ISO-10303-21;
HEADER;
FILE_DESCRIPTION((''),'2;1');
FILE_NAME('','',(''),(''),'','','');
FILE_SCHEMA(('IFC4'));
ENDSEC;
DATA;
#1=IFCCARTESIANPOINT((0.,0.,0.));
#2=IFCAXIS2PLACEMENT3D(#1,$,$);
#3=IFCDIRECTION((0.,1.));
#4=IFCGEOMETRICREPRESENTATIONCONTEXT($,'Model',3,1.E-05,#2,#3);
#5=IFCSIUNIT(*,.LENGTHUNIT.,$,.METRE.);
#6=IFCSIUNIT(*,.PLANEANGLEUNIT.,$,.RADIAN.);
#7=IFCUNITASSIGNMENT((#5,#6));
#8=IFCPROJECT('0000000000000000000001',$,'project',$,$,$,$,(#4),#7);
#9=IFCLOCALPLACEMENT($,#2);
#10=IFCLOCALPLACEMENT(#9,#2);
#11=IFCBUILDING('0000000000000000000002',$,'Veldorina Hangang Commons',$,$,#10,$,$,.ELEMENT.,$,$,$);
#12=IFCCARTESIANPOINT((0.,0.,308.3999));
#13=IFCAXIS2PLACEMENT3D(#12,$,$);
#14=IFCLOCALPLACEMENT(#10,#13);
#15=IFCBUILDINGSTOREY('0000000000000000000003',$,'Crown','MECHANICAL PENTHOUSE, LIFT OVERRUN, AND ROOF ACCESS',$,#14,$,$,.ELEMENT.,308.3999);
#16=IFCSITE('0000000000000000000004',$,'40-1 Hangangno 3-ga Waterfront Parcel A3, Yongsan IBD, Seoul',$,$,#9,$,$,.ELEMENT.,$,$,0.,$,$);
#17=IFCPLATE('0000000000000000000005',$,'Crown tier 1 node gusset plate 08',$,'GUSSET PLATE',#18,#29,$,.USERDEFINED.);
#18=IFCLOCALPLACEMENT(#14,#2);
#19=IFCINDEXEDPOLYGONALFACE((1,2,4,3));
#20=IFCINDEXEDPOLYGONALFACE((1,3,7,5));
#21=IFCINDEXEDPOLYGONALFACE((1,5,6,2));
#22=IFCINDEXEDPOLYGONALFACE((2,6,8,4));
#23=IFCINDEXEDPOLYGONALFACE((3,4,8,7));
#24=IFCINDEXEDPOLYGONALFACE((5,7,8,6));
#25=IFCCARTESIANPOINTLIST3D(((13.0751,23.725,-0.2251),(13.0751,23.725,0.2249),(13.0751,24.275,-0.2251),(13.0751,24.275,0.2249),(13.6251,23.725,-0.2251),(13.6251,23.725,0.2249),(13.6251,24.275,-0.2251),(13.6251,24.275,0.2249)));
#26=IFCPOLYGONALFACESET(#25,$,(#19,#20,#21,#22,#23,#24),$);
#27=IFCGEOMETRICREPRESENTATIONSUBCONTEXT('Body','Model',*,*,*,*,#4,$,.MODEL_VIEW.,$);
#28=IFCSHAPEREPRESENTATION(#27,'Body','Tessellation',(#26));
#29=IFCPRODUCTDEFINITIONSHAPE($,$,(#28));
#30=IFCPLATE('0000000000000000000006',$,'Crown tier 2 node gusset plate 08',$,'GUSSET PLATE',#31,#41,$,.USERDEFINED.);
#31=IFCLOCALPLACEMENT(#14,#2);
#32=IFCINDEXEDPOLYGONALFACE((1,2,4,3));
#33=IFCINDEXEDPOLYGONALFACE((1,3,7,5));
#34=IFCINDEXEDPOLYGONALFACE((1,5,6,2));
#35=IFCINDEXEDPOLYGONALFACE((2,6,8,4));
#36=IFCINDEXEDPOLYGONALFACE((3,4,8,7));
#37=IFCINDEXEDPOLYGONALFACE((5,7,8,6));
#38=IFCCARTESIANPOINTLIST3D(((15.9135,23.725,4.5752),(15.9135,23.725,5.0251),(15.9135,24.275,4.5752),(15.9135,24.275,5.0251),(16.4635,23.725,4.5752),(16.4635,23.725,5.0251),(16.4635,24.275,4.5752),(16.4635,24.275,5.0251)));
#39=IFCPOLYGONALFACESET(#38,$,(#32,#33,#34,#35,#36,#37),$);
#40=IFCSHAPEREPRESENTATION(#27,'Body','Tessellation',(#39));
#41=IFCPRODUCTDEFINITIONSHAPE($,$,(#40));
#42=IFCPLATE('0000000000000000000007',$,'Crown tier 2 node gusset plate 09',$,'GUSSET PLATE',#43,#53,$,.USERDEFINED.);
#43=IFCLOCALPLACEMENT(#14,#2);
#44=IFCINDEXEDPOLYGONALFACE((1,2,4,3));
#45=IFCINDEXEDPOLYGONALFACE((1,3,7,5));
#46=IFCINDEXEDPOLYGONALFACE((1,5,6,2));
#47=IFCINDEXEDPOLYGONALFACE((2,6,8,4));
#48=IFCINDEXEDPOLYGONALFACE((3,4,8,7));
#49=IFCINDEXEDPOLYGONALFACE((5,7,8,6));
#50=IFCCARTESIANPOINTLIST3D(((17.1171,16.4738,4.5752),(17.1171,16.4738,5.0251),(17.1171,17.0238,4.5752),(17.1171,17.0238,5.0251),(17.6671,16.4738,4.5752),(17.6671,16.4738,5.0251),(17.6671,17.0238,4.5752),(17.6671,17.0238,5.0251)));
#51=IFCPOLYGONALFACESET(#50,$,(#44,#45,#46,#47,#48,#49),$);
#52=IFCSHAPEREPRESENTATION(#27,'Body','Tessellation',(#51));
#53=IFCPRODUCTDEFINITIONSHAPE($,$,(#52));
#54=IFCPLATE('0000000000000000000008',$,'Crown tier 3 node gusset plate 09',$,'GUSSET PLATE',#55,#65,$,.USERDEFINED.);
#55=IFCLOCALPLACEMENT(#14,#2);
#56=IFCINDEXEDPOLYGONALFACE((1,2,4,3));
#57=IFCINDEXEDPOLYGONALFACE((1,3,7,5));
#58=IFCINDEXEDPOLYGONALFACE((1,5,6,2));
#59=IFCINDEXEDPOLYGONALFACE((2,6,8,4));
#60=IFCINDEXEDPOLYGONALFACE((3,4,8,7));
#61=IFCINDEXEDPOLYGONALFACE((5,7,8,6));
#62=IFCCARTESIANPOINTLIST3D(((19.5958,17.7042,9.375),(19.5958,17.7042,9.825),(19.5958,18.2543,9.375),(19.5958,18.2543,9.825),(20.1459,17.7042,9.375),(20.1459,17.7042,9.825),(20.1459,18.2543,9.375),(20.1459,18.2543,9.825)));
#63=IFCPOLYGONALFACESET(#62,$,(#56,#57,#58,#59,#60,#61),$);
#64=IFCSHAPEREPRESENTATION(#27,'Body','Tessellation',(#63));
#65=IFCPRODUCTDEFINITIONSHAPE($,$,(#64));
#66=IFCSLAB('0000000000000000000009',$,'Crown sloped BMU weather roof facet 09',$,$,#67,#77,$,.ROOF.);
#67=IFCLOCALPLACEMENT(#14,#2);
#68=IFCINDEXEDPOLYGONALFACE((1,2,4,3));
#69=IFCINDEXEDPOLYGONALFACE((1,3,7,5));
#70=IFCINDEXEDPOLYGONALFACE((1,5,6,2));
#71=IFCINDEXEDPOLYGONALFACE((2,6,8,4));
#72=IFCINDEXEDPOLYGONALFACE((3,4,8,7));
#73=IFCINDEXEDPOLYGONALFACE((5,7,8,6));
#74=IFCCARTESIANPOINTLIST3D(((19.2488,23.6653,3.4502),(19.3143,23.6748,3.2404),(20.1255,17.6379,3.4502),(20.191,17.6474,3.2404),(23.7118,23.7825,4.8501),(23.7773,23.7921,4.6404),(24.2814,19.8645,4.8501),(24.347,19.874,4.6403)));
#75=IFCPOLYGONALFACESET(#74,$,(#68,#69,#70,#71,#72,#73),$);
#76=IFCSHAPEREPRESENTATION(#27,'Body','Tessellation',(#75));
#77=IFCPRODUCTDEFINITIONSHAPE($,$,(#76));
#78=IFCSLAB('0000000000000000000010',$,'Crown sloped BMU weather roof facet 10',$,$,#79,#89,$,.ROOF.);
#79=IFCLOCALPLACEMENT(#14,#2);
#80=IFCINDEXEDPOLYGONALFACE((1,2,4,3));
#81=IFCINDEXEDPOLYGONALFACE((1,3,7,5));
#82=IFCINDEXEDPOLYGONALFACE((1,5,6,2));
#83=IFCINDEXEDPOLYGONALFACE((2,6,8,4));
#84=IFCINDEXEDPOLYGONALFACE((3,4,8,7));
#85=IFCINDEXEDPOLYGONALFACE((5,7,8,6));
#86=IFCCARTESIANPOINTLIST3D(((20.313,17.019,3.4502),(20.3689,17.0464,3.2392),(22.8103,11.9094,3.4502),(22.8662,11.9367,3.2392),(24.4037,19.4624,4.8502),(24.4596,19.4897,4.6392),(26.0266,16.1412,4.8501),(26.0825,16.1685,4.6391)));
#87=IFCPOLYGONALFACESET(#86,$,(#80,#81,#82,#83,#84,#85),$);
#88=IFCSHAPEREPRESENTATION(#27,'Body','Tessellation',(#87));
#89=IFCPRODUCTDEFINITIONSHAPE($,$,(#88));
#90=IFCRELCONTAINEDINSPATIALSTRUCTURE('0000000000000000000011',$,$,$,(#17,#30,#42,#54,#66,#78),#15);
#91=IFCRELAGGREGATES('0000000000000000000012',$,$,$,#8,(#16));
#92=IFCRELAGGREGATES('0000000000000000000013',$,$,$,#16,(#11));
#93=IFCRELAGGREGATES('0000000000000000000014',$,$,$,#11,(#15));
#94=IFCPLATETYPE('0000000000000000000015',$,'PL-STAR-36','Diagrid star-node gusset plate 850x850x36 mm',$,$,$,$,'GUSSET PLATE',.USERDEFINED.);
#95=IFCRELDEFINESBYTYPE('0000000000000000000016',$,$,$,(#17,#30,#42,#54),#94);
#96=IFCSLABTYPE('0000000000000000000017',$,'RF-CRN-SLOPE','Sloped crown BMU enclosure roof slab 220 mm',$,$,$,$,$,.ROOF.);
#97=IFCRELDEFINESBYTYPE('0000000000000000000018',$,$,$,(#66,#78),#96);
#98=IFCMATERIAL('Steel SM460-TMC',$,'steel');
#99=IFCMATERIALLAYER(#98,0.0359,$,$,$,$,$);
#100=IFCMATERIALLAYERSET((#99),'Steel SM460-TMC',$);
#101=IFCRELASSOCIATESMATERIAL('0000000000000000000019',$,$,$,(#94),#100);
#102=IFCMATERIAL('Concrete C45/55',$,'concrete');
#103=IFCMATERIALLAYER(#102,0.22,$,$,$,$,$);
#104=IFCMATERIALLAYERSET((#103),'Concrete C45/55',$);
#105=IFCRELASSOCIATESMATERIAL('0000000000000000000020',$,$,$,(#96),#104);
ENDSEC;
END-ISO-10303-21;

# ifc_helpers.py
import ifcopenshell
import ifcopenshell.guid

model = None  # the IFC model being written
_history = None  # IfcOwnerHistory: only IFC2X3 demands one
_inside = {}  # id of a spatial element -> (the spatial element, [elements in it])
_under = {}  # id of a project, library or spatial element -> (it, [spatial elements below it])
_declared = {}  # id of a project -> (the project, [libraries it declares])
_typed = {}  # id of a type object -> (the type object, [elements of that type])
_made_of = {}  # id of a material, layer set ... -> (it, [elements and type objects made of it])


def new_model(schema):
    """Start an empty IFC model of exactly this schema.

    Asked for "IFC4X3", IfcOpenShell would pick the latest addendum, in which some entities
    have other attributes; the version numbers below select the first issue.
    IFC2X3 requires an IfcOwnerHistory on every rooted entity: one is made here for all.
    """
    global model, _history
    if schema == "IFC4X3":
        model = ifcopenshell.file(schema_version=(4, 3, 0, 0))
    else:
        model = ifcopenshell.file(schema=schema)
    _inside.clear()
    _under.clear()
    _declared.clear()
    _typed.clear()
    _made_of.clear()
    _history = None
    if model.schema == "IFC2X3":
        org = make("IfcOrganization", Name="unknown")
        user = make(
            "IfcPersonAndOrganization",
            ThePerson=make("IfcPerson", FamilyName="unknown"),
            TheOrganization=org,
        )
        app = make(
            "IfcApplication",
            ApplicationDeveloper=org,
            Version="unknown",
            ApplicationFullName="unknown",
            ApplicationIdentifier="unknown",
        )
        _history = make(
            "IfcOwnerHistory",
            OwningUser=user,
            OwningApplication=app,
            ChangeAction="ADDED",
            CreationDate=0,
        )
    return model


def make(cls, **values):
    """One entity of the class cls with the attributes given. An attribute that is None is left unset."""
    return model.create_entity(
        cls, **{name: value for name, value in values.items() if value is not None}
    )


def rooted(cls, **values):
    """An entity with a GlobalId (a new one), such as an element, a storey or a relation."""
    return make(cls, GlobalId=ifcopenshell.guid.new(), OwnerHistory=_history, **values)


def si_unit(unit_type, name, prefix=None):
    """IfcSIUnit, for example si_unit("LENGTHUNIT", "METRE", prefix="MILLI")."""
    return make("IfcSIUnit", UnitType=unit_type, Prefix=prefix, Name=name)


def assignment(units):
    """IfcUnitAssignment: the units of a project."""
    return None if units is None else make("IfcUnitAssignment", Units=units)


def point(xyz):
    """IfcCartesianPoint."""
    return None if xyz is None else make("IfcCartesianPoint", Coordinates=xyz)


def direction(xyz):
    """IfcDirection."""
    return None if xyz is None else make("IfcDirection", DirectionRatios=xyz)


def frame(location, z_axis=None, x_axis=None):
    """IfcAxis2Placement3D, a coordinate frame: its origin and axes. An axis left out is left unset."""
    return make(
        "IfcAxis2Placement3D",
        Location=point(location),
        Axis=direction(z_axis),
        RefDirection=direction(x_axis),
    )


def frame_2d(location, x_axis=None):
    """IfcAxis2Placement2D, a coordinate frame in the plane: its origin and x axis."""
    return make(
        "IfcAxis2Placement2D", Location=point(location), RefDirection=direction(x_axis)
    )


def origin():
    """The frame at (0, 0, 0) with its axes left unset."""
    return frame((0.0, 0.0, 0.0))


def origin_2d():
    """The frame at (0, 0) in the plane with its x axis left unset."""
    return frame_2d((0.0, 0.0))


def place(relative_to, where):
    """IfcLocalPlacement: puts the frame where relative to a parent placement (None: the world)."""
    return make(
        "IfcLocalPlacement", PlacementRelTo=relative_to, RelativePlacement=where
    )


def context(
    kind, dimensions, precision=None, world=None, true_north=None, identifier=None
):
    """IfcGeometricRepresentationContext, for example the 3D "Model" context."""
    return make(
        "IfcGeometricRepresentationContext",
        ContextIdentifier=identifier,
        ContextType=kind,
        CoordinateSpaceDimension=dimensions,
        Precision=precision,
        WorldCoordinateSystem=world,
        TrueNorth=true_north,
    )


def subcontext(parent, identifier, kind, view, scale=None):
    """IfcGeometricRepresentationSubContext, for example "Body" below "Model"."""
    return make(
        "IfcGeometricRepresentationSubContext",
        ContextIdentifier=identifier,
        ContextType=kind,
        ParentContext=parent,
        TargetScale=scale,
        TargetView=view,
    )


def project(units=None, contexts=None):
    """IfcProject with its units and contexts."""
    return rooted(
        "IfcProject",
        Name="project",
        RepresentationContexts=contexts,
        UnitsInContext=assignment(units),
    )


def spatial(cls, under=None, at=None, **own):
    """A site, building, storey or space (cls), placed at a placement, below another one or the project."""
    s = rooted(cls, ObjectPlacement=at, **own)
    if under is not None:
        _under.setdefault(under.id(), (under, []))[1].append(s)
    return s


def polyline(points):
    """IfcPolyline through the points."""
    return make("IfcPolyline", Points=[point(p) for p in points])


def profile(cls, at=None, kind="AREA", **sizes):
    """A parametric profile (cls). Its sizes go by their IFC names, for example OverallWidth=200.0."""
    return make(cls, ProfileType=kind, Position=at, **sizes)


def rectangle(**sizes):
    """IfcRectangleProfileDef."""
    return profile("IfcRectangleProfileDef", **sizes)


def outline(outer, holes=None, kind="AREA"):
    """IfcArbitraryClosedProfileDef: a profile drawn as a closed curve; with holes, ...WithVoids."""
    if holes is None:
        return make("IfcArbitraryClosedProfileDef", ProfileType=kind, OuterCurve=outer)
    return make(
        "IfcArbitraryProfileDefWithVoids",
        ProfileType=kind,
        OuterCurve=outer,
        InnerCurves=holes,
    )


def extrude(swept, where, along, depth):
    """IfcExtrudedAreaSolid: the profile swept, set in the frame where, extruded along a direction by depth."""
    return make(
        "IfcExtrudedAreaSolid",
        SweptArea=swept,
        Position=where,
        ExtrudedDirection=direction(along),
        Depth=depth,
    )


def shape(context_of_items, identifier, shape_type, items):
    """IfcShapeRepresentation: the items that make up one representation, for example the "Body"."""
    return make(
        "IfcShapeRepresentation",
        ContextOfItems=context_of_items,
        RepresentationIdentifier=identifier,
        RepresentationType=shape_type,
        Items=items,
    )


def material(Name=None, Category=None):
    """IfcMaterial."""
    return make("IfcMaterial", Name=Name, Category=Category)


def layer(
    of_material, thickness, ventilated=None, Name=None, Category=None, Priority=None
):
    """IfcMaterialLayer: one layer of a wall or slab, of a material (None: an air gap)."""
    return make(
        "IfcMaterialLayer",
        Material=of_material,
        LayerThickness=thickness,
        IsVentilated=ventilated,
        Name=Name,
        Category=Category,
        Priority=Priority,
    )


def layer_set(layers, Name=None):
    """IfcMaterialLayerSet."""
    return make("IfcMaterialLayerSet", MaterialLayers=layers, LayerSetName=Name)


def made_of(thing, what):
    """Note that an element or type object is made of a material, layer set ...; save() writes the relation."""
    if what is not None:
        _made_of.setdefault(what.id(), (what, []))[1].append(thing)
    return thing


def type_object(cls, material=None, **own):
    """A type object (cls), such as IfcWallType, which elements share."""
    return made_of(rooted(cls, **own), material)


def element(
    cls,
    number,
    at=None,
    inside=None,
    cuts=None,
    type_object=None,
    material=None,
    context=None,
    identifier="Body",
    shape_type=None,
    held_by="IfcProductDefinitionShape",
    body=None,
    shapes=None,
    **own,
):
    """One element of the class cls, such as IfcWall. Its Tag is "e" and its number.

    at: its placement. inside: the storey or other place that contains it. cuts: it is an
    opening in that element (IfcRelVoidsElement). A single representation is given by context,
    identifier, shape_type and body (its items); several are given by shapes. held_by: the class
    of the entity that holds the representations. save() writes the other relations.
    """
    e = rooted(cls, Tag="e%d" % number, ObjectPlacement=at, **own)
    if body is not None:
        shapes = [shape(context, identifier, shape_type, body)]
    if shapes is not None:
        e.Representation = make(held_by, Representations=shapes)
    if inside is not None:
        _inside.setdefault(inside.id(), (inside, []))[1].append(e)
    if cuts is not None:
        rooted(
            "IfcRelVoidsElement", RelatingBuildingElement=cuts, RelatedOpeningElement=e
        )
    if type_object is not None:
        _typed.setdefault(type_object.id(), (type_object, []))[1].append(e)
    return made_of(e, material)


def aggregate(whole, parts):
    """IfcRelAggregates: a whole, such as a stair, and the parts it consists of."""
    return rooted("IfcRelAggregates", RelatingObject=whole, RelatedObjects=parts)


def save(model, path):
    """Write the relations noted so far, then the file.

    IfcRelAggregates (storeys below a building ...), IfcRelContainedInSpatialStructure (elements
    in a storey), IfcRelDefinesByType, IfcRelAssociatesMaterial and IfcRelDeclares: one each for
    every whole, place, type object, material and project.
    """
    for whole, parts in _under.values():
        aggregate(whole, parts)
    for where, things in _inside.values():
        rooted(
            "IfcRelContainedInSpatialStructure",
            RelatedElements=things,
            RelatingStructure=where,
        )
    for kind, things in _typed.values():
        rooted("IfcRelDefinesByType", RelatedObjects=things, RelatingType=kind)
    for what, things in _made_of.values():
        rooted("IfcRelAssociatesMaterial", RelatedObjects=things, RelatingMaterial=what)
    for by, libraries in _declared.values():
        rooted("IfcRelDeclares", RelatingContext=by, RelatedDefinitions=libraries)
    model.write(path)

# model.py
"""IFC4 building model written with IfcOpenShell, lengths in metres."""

from ifc_helpers import new_model, si_unit, direction, frame, origin, origin_2d, place, context, subcontext, project, spatial, polyline, rectangle, outline, extrude, material, layer, layer_set, type_object, element, save


model = new_model("IFC4")

# Units and contexts
model_context = context("Model", 3, precision=1e-05, world=origin(), true_north=direction((0.0, 1.0)))
body_context = subcontext(model_context, "Body", "Model", "MODEL_VIEW")
ifc_project = project(units=[si_unit("LENGTHUNIT", "METRE"), si_unit("PLANEANGLEUNIT", "RADIAN")], contexts=[model_context])

# Site, building, storey
site_placement = place(None, origin())
site = spatial("IfcSite", under=ifc_project, at=site_placement, Name="40-1 Hangangno 3-ga Waterfront Parcel A3, Yongsan IBD, Seoul", CompositionType="ELEMENT", RefElevation=0.0)
building_placement = place(site_placement, origin())
building = spatial("IfcBuilding", under=site, at=building_placement, Name="Veldorina Hangang Commons", CompositionType="ELEMENT")
storey_placement = place(building_placement, frame((0.0, 0.0, 308.3999)))
storey = spatial("IfcBuildingStorey", under=building, at=storey_placement, Name="Crown", Description="MECHANICAL PENTHOUSE, LIFT OVERRUN, AND ROOF ACCESS", CompositionType="ELEMENT", Elevation=308.3999)

# Shared definitions
ifc_material_1 = material(Name="Steel SM460-TMC", Category="steel")

# Plates
ifc_layer_1 = layer(ifc_material_1, 0.0359)
ifc_layer_set_1 = layer_set([ifc_layer_1], Name="Steel SM460-TMC")
plate_type_1 = type_object("IfcPlateType", Name="PL-STAR-36", Description="Diagrid star-node gusset plate 850x850x36 mm", ElementType="GUSSET PLATE", PredefinedType="USERDEFINED", material=ifc_layer_set_1)
for number, where, z_axis, x_axis, name in (
    (1, (13.3501, 24.0, -0.2251), (0.0, 0.0, 1.0), (1.0, 0.0, 0.0), "Crown tier 1 node gusset plate 08"),
    (2, (16.1885, 24.0, 4.5752), (0.0, 0.0, 1.0), (1.0, 0.0, 0.0), "Crown tier 2 node gusset plate 08"),
    (3, (17.3921, 16.7488, 4.5752), (0.0, 0.0, 1.0), (1.0, 0.0, 0.0), "Crown tier 2 node gusset plate 09"),
    (4, (19.8708, 17.9792, 9.375), (0.0, 0.0, 1.0), (1.0, 0.0, 0.0), "Crown tier 3 node gusset plate 09"),
):
    element("IfcPlate", number, at=place(storey_placement, frame(where, z_axis=z_axis, x_axis=x_axis)), inside=storey, type_object=plate_type_1, Name=name, ObjectType="GUSSET PLATE", PredefinedType="USERDEFINED", context=body_context, shape_type="SweptSolid", body=[
        extrude(rectangle(XDim=0.55, YDim=0.55, at=origin_2d()), origin(), (0.0, 0.0, 1.0), 0.45),
    ])

# Slabs
ifc_material_2 = material(Name="Concrete C45/55", Category="concrete")
ifc_layer_2 = layer(ifc_material_2, 0.22)
ifc_layer_set_2 = layer_set([ifc_layer_2], Name="Concrete C45/55")
slab_type = type_object("IfcSlabType", Name="RF-CRN-SLOPE", Description="Sloped crown BMU enclosure roof slab 220 mm", PredefinedType="ROOF", material=ifc_layer_set_2)
slab_1_placement = place(storey_placement, frame((19.2488, 23.6653, 3.4502), z_axis=(-0.297982, -0.043341, 0.953587), x_axis=(0.14394, -0.989586, 0.000002)))
element("IfcSlab", 5, at=slab_1_placement, inside=storey, type_object=slab_type, Name="Crown sloped BMU weather roof facet 09", PredefinedType="ROOF", context=body_context, shape_type="SweptSolid", body=[
    extrude(outline(polyline([(0.0, 0.0), (6.0908, 0.0), (4.4856, 4.6489), (0.5264, 4.6492), (0.0, 0.0)])), origin(), (0.0, 0.0, -1.0), 0.22),
])
slab_2_placement = place(storey_placement, frame((20.313, 17.019, 3.4502), z_axis=(-0.25409, -0.124179, 0.959176), x_axis=(0.439106, -0.898435, 0.000006)))
element("IfcSlab", 6, at=slab_2_placement, inside=storey, type_object=slab_type, Name="Crown sloped BMU weather roof facet 10", PredefinedType="ROOF", context=body_context, shape_type="SweptSolid", body=[
    extrude(outline(polyline([(0.0, 0.0), (5.6873, 0.0), (3.2976, 4.95), (-0.3989, 4.9502), (0.0, 0.0)])), origin(), (0.0, 0.0, -1.0), 0.22),
])

save(model, "model.ifc")
